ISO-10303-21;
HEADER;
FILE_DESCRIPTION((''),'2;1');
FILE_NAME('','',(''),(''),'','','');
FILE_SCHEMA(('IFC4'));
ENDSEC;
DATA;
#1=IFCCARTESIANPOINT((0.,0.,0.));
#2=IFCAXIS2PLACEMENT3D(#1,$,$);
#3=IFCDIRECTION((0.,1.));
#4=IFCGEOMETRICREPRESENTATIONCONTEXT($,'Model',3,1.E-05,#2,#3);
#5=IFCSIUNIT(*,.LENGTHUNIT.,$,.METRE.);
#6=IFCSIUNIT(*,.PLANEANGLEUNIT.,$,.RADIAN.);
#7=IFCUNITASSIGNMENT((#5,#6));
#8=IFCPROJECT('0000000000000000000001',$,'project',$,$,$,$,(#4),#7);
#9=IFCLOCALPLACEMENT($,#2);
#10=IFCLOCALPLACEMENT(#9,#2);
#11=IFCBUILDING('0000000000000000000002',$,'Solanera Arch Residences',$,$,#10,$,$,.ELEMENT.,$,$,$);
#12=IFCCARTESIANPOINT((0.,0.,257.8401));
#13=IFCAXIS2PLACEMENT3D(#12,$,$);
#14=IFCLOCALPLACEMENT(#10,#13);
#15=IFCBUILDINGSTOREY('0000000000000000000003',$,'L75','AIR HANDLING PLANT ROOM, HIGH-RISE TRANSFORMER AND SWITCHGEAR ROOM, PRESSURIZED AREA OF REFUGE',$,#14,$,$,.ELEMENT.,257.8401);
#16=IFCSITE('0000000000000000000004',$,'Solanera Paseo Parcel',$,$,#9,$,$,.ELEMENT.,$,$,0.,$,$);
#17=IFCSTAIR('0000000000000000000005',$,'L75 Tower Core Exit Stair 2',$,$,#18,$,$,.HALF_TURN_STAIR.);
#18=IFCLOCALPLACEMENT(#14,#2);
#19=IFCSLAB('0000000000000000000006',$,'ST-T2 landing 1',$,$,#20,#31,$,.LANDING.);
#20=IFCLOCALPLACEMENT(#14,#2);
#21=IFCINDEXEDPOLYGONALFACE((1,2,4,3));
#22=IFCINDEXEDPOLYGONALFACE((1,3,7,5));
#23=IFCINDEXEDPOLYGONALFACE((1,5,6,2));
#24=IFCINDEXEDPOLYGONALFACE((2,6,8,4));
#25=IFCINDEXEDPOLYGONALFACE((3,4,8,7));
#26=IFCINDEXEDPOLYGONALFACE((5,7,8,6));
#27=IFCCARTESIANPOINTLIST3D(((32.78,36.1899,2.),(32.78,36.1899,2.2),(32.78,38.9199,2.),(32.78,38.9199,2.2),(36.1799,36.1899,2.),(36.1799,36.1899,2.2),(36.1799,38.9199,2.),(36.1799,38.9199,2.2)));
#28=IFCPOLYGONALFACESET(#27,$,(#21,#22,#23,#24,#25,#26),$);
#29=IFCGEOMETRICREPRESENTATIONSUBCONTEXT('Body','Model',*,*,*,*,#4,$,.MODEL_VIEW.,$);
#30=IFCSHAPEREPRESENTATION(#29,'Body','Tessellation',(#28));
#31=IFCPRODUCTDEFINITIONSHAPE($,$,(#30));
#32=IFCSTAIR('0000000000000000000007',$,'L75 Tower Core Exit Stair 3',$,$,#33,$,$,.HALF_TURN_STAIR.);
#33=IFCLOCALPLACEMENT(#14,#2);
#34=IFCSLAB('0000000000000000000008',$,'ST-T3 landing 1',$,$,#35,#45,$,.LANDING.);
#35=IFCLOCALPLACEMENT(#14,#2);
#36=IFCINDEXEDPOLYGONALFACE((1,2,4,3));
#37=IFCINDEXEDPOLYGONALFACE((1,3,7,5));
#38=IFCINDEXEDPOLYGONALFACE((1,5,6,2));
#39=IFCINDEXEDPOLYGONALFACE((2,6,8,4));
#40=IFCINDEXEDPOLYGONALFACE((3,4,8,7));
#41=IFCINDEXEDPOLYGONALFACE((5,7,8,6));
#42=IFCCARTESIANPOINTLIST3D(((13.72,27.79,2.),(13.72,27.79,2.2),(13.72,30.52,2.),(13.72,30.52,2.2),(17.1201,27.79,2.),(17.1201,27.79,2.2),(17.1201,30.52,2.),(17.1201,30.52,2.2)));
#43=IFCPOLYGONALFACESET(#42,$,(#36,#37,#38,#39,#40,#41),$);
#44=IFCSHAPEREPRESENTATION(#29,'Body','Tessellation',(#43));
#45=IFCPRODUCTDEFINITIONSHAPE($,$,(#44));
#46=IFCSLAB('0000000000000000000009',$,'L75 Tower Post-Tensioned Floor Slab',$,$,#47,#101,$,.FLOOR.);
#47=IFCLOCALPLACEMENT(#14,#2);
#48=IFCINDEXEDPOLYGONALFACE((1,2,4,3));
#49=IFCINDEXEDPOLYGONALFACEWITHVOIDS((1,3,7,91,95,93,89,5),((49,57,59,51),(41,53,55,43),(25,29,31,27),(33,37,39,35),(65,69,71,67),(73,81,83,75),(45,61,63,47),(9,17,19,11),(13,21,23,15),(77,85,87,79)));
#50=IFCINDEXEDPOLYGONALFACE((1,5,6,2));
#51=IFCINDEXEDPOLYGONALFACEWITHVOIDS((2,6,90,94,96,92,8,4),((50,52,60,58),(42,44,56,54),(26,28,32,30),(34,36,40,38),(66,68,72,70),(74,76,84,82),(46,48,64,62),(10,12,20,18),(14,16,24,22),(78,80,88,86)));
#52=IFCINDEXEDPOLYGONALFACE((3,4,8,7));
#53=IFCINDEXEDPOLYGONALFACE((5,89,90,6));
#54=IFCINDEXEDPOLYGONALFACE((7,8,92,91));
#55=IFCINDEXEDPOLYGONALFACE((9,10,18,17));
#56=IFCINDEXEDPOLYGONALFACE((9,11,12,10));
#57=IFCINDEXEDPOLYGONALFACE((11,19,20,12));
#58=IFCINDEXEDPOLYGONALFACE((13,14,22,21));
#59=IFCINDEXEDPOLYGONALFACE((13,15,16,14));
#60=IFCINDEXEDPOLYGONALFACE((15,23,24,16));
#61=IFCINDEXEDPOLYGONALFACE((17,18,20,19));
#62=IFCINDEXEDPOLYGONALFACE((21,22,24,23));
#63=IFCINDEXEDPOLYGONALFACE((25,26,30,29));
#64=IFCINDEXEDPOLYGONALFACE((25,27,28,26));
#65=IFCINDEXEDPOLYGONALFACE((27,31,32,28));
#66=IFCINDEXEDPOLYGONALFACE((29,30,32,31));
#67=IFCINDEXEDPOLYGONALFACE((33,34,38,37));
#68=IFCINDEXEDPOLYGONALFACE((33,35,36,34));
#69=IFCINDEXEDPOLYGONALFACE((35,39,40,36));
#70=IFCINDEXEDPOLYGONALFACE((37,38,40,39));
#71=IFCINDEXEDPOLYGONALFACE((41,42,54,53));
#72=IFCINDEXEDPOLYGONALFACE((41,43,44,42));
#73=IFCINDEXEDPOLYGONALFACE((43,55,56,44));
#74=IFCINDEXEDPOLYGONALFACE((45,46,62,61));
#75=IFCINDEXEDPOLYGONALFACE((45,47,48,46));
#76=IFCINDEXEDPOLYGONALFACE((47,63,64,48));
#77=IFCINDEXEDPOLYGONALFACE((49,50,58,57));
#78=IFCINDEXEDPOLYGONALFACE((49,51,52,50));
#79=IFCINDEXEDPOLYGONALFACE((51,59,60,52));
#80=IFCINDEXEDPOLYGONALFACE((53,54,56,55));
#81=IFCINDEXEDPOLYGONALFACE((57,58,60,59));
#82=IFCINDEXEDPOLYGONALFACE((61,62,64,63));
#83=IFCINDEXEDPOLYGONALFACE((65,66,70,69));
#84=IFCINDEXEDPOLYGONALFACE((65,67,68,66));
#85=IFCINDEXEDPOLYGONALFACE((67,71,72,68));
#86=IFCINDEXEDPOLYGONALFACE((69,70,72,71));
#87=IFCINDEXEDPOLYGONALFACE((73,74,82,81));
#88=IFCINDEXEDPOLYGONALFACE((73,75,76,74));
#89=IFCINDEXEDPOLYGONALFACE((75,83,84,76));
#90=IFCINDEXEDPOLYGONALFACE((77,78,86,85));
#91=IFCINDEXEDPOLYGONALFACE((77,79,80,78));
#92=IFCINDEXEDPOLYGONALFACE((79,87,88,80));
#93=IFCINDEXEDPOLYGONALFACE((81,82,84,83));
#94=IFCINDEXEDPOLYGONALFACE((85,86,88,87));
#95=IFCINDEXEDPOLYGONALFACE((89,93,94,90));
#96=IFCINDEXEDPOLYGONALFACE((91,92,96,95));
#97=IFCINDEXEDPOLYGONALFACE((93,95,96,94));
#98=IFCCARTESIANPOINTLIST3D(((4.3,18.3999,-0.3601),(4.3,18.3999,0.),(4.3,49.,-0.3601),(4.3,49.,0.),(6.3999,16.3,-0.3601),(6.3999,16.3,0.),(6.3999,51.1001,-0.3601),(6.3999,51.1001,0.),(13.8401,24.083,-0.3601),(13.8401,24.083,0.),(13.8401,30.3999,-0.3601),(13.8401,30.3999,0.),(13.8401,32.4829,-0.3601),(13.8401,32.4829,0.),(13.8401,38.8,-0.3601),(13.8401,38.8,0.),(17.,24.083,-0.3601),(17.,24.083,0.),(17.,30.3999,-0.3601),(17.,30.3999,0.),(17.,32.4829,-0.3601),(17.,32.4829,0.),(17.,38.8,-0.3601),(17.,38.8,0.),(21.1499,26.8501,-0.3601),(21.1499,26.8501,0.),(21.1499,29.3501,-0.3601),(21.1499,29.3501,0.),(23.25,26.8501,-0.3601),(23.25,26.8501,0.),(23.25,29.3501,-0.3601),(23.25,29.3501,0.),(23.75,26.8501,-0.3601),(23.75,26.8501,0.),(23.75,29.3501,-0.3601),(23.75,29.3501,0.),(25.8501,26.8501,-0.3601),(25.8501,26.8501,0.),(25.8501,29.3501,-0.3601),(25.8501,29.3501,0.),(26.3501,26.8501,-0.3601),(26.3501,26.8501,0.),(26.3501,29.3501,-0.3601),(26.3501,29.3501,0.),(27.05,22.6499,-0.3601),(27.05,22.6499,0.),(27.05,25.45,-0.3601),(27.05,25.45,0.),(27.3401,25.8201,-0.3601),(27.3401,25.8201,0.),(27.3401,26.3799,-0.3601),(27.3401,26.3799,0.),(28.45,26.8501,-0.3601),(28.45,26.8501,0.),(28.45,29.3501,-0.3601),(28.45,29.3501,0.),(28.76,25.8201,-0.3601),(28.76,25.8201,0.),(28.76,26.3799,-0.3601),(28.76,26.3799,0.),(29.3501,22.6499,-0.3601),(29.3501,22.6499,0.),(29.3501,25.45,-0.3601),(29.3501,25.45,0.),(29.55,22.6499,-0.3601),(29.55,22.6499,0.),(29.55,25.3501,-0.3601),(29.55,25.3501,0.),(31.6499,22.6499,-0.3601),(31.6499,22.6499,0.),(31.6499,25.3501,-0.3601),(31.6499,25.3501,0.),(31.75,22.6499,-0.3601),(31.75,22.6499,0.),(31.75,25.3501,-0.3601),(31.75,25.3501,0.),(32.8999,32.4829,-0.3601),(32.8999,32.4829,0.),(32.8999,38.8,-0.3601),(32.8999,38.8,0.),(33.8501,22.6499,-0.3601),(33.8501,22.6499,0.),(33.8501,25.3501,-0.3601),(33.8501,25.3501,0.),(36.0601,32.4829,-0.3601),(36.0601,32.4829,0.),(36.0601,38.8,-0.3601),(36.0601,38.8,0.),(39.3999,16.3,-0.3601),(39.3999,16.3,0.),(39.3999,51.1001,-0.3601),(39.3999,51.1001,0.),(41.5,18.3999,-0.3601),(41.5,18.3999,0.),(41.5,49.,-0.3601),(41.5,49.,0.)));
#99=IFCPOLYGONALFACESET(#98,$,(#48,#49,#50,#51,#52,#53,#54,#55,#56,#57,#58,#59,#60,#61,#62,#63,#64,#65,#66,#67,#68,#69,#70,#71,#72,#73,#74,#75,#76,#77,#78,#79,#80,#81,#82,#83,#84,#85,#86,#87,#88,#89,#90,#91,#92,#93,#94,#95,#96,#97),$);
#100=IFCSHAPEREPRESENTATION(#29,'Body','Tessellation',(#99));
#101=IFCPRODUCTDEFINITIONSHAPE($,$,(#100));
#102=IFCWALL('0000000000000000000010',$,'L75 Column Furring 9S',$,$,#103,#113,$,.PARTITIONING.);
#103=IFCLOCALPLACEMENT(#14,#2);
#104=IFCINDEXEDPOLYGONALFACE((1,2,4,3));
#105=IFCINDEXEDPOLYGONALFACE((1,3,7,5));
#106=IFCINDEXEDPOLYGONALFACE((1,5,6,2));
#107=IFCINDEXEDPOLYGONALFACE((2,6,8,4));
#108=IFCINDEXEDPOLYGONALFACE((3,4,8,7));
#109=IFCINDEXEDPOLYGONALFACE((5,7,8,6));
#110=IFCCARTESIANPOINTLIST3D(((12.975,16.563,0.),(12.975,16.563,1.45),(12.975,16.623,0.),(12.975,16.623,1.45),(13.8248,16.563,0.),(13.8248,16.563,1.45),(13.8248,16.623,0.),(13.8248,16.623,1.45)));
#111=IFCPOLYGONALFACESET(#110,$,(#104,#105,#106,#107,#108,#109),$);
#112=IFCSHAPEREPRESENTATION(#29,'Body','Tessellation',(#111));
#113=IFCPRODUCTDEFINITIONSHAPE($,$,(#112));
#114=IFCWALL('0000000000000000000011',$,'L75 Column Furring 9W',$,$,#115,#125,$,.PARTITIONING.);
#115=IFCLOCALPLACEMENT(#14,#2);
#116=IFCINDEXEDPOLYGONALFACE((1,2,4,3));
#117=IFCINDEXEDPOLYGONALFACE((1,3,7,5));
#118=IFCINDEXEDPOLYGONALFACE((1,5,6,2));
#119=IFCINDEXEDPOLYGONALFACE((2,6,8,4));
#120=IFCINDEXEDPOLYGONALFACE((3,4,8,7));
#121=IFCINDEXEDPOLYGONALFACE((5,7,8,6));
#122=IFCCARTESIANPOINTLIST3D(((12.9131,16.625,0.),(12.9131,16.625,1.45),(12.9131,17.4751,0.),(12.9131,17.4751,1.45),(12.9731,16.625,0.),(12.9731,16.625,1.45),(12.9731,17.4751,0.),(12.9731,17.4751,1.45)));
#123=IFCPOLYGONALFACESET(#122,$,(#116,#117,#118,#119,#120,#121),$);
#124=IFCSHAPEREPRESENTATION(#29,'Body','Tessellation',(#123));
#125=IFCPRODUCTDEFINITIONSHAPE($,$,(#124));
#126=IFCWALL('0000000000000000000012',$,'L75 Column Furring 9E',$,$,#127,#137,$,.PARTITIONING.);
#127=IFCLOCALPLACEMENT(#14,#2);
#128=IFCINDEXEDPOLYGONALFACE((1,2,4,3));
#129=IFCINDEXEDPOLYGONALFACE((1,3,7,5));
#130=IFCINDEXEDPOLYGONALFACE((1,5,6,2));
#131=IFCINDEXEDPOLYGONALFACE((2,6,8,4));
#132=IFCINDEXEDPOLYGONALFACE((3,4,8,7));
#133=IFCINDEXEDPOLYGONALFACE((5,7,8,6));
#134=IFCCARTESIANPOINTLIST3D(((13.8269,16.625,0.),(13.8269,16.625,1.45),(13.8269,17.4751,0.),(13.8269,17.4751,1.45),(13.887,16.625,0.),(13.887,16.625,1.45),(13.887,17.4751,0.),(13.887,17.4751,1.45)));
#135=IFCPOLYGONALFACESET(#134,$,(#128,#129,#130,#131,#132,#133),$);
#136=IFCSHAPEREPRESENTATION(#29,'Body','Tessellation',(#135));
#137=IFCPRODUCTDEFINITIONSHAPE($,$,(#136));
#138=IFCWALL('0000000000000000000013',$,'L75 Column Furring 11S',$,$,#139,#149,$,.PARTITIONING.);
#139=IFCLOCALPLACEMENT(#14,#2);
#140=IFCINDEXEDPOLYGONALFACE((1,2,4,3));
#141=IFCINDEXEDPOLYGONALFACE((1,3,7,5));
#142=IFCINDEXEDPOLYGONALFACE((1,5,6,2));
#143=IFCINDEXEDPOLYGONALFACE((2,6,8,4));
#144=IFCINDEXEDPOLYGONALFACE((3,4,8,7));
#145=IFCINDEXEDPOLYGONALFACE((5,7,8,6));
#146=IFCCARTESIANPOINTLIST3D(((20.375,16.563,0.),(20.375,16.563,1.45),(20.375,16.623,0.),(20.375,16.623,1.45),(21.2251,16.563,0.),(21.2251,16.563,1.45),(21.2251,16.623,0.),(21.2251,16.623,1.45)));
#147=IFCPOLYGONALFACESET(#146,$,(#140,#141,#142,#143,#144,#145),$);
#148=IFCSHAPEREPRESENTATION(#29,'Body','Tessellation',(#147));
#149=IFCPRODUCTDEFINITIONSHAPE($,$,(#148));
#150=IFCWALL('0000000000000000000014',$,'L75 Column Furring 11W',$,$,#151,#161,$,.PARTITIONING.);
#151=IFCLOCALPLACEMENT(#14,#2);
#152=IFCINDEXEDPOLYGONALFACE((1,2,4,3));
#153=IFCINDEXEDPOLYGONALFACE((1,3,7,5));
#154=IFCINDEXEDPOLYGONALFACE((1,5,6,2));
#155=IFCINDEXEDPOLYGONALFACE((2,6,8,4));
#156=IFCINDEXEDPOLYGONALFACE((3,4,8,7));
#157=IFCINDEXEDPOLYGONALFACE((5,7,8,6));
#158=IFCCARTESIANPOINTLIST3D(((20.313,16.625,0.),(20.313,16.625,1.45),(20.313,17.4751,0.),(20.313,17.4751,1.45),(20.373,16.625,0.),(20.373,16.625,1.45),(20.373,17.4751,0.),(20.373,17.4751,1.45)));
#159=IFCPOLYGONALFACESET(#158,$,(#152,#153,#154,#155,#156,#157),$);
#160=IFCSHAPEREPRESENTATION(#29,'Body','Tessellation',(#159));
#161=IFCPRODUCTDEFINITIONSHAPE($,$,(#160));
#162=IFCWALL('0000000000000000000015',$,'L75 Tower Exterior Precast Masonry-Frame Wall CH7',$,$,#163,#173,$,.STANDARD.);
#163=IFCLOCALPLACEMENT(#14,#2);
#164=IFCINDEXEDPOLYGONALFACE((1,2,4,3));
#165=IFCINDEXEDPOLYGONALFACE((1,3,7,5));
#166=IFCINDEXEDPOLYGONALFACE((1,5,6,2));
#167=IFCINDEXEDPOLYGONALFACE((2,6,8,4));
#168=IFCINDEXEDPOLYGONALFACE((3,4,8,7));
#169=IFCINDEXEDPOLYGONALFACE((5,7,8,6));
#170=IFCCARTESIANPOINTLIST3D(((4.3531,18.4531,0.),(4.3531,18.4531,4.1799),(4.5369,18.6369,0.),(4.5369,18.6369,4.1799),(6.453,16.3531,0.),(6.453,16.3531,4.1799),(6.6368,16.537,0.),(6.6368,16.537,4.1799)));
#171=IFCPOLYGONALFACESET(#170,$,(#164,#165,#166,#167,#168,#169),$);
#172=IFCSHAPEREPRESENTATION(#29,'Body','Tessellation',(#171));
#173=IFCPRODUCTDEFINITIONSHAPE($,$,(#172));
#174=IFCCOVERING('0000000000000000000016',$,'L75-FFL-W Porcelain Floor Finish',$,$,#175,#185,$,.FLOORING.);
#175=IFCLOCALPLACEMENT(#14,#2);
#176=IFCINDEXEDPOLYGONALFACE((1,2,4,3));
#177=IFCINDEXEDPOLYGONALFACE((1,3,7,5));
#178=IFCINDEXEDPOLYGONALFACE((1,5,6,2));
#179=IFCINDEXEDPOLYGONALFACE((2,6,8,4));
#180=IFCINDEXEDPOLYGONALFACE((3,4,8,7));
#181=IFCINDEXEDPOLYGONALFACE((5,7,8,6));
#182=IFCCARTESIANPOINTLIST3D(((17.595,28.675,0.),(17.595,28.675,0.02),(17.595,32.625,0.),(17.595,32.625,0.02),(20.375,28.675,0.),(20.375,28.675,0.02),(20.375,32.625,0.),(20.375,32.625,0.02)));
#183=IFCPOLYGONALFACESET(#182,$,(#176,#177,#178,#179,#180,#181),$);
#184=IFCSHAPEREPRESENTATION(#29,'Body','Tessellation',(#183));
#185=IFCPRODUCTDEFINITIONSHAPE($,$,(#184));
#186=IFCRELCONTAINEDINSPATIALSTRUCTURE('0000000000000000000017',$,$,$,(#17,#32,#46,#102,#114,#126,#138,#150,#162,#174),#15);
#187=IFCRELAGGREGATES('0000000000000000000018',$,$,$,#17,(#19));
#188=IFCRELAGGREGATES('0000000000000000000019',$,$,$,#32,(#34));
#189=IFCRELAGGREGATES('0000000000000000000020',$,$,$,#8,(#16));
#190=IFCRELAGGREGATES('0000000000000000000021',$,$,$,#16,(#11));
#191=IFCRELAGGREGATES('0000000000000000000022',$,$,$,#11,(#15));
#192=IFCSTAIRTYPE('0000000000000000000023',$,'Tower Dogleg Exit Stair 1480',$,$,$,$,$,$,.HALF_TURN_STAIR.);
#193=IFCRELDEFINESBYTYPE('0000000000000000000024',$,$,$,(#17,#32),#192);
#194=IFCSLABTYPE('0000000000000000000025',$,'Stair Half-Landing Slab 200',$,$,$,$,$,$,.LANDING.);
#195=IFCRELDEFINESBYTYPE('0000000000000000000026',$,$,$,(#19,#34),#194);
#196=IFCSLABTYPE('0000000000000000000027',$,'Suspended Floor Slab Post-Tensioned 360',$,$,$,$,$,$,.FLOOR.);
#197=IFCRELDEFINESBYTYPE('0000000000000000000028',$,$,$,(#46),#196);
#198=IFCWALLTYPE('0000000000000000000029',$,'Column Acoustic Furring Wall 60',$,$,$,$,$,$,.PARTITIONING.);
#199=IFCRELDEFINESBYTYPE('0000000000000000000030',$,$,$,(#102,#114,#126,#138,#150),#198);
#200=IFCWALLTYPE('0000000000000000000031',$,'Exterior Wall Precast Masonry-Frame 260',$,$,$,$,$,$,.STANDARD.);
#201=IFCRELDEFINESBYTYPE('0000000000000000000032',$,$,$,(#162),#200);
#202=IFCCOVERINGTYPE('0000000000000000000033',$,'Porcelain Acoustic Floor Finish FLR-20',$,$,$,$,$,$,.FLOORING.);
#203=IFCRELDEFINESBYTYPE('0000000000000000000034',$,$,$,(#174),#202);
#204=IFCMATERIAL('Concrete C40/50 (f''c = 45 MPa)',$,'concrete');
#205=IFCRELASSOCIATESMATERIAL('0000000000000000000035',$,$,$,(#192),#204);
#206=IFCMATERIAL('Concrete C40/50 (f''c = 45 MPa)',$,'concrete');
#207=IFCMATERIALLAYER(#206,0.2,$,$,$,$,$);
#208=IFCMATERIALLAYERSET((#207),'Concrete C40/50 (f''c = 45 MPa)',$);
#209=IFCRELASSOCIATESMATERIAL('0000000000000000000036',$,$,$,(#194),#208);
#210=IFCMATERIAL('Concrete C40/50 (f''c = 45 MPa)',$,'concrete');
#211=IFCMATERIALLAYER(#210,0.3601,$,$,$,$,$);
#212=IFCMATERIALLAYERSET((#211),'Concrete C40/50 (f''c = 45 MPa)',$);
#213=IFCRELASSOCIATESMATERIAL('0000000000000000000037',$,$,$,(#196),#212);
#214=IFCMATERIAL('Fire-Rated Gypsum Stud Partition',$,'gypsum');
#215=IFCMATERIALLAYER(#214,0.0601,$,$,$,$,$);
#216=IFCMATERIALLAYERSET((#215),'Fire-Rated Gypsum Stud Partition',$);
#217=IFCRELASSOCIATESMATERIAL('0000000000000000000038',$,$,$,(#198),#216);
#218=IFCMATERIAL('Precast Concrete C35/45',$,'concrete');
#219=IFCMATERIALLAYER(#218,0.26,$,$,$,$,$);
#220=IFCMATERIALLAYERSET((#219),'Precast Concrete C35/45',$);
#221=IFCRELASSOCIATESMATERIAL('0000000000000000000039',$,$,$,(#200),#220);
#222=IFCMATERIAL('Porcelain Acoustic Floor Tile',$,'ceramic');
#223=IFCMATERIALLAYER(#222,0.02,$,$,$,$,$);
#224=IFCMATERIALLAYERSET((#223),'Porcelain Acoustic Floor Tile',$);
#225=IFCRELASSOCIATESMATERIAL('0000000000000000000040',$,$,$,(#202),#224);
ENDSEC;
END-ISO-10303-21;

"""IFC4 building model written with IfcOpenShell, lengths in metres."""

from ifc_helpers import new_model, si_unit, direction, frame, frame_2d, origin, place, context, subcontext, project, spatial, polyline, rectangle, outline, extrude, material, layer, layer_set, type_object, element, aggregate, save


model = new_model("IFC4")

# Units and contexts
model_context = context("Model", 3, precision=1e-05, world=origin(), true_north=direction((0.0, 1.0)))
body_context = subcontext(model_context, "Body", "Model", "MODEL_VIEW")
ifc_project = project(units=[si_unit("LENGTHUNIT", "METRE"), si_unit("PLANEANGLEUNIT", "RADIAN")], contexts=[model_context])

# Site, building, storey
site_placement = place(None, origin())
site = spatial("IfcSite", under=ifc_project, at=site_placement, Name="Solanera Paseo Parcel", CompositionType="ELEMENT", RefElevation=0.0)
building_placement = place(site_placement, origin())
building = spatial("IfcBuilding", under=site, at=building_placement, Name="Solanera Arch Residences", CompositionType="ELEMENT")
storey_placement = place(building_placement, frame((0.0, 0.0, 257.8401)))
storey = spatial("IfcBuildingStorey", under=building, at=storey_placement, Name="L75", Description="AIR HANDLING PLANT ROOM, HIGH-RISE TRANSFORMER AND SWITCHGEAR ROOM, PRESSURIZED AREA OF REFUGE", CompositionType="ELEMENT", Elevation=257.8401)

# Stairs, slabs
ifc_material_1 = material(Name="Concrete C40/50 (f'c = 45 MPa)", Category="concrete")
stair_type = type_object("IfcStairType", Name="Tower Dogleg Exit Stair 1480", PredefinedType="HALF_TURN_STAIR", material=ifc_material_1)
ifc_material_2 = material(Name="Concrete C40/50 (f'c = 45 MPa)", Category="concrete")
ifc_layer_1 = layer(ifc_material_2, 0.2)
ifc_layer_set_1 = layer_set([ifc_layer_1], Name="Concrete C40/50 (f'c = 45 MPa)")
slab_type_1 = type_object("IfcSlabType", Name="Stair Half-Landing Slab 200", PredefinedType="LANDING", material=ifc_layer_set_1)
stair_1_placement = place(storey_placement, origin())
stair_1 = element("IfcStair", 1, at=stair_1_placement, inside=storey, type_object=stair_type, Name="L75 Tower Core Exit Stair 2", PredefinedType="HALF_TURN_STAIR")
slab_1_placement = place(storey_placement, frame((0.0, 0.0, 2.0)))
slab_1 = element("IfcSlab", 2, at=slab_1_placement, type_object=slab_type_1, Name="ST-T2 landing 1", PredefinedType="LANDING", context=body_context, shape_type="SweptSolid", body=[
    extrude(outline(polyline([(36.1799, 36.1899), (36.1799, 38.9199), (32.78, 38.9199), (32.78, 36.1899), (36.1799, 36.1899)])), origin(), (0.0, 0.0, 1.0), 0.2),
])
aggregate(stair_1, [slab_1])
stair_2_placement = place(storey_placement, origin())
stair_2 = element("IfcStair", 3, at=stair_2_placement, inside=storey, type_object=stair_type, Name="L75 Tower Core Exit Stair 3", PredefinedType="HALF_TURN_STAIR")
slab_2_placement = place(storey_placement, frame((0.0, 0.0, 2.0)))
slab_2 = element("IfcSlab", 4, at=slab_2_placement, type_object=slab_type_1, Name="ST-T3 landing 1", PredefinedType="LANDING", context=body_context, shape_type="SweptSolid", body=[
    extrude(outline(polyline([(17.1201, 27.79), (17.1201, 30.52), (13.72, 30.52), (13.72, 27.79), (17.1201, 27.79)])), origin(), (0.0, 0.0, 1.0), 0.2),
])
aggregate(stair_2, [slab_2])

# Slab
ifc_material_3 = material(Name="Concrete C40/50 (f'c = 45 MPa)", Category="concrete")
ifc_layer_2 = layer(ifc_material_3, 0.3601)
ifc_layer_set_2 = layer_set([ifc_layer_2], Name="Concrete C40/50 (f'c = 45 MPa)")
slab_type_2 = type_object("IfcSlabType", Name="Suspended Floor Slab Post-Tensioned 360", PredefinedType="FLOOR", material=ifc_layer_set_2)
slab_3_placement = place(storey_placement, frame((0.0, 0.0, -0.3601)))
element("IfcSlab", 5, at=slab_3_placement, inside=storey, type_object=slab_type_2, Name="L75 Tower Post-Tensioned Floor Slab", PredefinedType="FLOOR", context=body_context, shape_type="SweptSolid", body=[
    extrude(outline(polyline([(6.3999, 16.3), (39.3999, 16.3), (41.5, 18.3999), (41.5, 49.0), (39.3999, 51.1001), (6.3999, 51.1001), (4.3, 49.0), (4.3, 18.3999), (6.3999, 16.3)]), holes=[polyline([(13.8401, 32.4829), (13.8401, 38.8), (17.0, 38.8), (17.0, 32.4829), (13.8401, 32.4829)]), polyline([(32.8999, 32.4829), (32.8999, 38.8), (36.0601, 38.8), (36.0601, 32.4829), (32.8999, 32.4829)]), polyline([(13.8401, 24.083), (13.8401, 30.3999), (17.0, 30.3999), (17.0, 24.083), (13.8401, 24.083)]), polyline([(21.1499, 29.3501), (23.25, 29.3501), (23.25, 26.8501), (21.1499, 26.8501), (21.1499, 29.3501)]), polyline([(23.75, 29.3501), (25.8501, 29.3501), (25.8501, 26.8501), (23.75, 26.8501), (23.75, 29.3501)]), polyline([(26.3501, 29.3501), (28.45, 29.3501), (28.45, 26.8501), (26.3501, 26.8501), (26.3501, 29.3501)]), polyline([(29.55, 25.3501), (31.6499, 25.3501), (31.6499, 22.6499), (29.55, 22.6499), (29.55, 25.3501)]), polyline([(31.75, 25.3501), (33.8501, 25.3501), (33.8501, 22.6499), (31.75, 22.6499), (31.75, 25.3501)]), polyline([(27.05, 25.45), (29.3501, 25.45), (29.3501, 22.6499), (27.05, 22.6499), (27.05, 25.45)]), polyline([(27.3401, 26.3799), (28.76, 26.3799), (28.76, 25.8201), (27.3401, 25.8201), (27.3401, 26.3799)])]), origin(), (0.0, 0.0, 1.0), 0.3601),
])

# Walls
ifc_material_4 = material(Name="Fire-Rated Gypsum Stud Partition", Category="gypsum")
ifc_layer_3 = layer(ifc_material_4, 0.0601)
ifc_layer_set_3 = layer_set([ifc_layer_3], Name="Fire-Rated Gypsum Stud Partition")
wall_type_1 = type_object("IfcWallType", Name="Column Acoustic Furring Wall 60", PredefinedType="PARTITIONING", material=ifc_layer_set_3)
wall_1_placement = place(storey_placement, frame((12.9751, 16.593, 0.0), z_axis=(0.0, 0.0, 1.0), x_axis=(1.0, 0.0, 0.0)))
element("IfcWall", 6, at=wall_1_placement, inside=storey, type_object=wall_type_1, Name="L75 Column Furring 9S", PredefinedType="PARTITIONING", context=body_context, shape_type="SweptSolid", body=[
    extrude(rectangle(XDim=0.8499, YDim=0.0601, at=frame_2d((0.4248, 0.0))), origin(), (0.0, 0.0, 1.0), 1.45),
])
for number, where, z_axis, x_axis, name in (
    (7, (12.9431, 16.625, 0.0), (0.0, 0.0, 1.0), (0.0, 1.0, 0.0), "L75 Column Furring 9W"),
    (8, (13.8569, 16.625, 0.0), (0.0, 0.0, 1.0), (0.0, 1.0, 0.0), "L75 Column Furring 9E"),
    (9, (20.375, 16.593, 0.0), (0.0, 0.0, 1.0), (1.0, 0.0, 0.0), "L75 Column Furring 11S"),
    (10, (20.343, 16.625, 0.0), (0.0, 0.0, 1.0), (0.0, 1.0, 0.0), "L75 Column Furring 11W"),
):
    element("IfcWall", number, at=place(storey_placement, frame(where, z_axis=z_axis, x_axis=x_axis)), inside=storey, type_object=wall_type_1, Name=name, PredefinedType="PARTITIONING", context=body_context, shape_type="SweptSolid", body=[
        extrude(rectangle(XDim=0.8501, YDim=0.0601, at=frame_2d((0.425, 0.0))), origin(), (0.0, 0.0, 1.0), 1.45),
    ])
ifc_material_5 = material(Name="Precast Concrete C35/45", Category="concrete")
ifc_layer_4 = layer(ifc_material_5, 0.26)
ifc_layer_set_4 = layer_set([ifc_layer_4], Name="Precast Concrete C35/45")
wall_type_2 = type_object("IfcWallType", Name="Exterior Wall Precast Masonry-Frame 260", PredefinedType="STANDARD", material=ifc_layer_set_4)
wall_2_placement = place(storey_placement, frame((6.5449, 16.4451, 0.0), z_axis=(0.0, 0.0, 1.0), x_axis=(-0.707107, 0.707107, 0.0)))
element("IfcWall", 11, at=wall_2_placement, inside=storey, type_object=wall_type_2, Name="L75 Tower Exterior Precast Masonry-Frame Wall CH7", PredefinedType="STANDARD", context=body_context, shape_type="SweptSolid", body=[
    extrude(rectangle(XDim=2.9697, YDim=0.26, at=frame_2d((1.4849, 0.0))), origin(), (0.0, 0.0, 1.0), 4.1799),
])

# Covering
ifc_material_6 = material(Name="Porcelain Acoustic Floor Tile", Category="ceramic")
ifc_layer_5 = layer(ifc_material_6, 0.02)
ifc_layer_set_5 = layer_set([ifc_layer_5], Name="Porcelain Acoustic Floor Tile")
covering_type_1 = type_object("IfcCoveringType", Name="Porcelain Acoustic Floor Finish FLR-20", PredefinedType="FLOORING", material=ifc_layer_set_5)
covering_1_placement = place(storey_placement, origin())
element("IfcCovering", 12, at=covering_1_placement, inside=storey, type_object=covering_type_1, Name="L75-FFL-W Porcelain Floor Finish", PredefinedType="FLOORING", context=body_context, shape_type="SweptSolid", body=[
    extrude(outline(polyline([(20.375, 28.675), (17.595, 28.675), (17.595, 32.625), (20.375, 32.625), (20.375, 28.675)])), origin(), (0.0, 0.0, 1.0), 0.02),
])

save(model, "model.ifc")
